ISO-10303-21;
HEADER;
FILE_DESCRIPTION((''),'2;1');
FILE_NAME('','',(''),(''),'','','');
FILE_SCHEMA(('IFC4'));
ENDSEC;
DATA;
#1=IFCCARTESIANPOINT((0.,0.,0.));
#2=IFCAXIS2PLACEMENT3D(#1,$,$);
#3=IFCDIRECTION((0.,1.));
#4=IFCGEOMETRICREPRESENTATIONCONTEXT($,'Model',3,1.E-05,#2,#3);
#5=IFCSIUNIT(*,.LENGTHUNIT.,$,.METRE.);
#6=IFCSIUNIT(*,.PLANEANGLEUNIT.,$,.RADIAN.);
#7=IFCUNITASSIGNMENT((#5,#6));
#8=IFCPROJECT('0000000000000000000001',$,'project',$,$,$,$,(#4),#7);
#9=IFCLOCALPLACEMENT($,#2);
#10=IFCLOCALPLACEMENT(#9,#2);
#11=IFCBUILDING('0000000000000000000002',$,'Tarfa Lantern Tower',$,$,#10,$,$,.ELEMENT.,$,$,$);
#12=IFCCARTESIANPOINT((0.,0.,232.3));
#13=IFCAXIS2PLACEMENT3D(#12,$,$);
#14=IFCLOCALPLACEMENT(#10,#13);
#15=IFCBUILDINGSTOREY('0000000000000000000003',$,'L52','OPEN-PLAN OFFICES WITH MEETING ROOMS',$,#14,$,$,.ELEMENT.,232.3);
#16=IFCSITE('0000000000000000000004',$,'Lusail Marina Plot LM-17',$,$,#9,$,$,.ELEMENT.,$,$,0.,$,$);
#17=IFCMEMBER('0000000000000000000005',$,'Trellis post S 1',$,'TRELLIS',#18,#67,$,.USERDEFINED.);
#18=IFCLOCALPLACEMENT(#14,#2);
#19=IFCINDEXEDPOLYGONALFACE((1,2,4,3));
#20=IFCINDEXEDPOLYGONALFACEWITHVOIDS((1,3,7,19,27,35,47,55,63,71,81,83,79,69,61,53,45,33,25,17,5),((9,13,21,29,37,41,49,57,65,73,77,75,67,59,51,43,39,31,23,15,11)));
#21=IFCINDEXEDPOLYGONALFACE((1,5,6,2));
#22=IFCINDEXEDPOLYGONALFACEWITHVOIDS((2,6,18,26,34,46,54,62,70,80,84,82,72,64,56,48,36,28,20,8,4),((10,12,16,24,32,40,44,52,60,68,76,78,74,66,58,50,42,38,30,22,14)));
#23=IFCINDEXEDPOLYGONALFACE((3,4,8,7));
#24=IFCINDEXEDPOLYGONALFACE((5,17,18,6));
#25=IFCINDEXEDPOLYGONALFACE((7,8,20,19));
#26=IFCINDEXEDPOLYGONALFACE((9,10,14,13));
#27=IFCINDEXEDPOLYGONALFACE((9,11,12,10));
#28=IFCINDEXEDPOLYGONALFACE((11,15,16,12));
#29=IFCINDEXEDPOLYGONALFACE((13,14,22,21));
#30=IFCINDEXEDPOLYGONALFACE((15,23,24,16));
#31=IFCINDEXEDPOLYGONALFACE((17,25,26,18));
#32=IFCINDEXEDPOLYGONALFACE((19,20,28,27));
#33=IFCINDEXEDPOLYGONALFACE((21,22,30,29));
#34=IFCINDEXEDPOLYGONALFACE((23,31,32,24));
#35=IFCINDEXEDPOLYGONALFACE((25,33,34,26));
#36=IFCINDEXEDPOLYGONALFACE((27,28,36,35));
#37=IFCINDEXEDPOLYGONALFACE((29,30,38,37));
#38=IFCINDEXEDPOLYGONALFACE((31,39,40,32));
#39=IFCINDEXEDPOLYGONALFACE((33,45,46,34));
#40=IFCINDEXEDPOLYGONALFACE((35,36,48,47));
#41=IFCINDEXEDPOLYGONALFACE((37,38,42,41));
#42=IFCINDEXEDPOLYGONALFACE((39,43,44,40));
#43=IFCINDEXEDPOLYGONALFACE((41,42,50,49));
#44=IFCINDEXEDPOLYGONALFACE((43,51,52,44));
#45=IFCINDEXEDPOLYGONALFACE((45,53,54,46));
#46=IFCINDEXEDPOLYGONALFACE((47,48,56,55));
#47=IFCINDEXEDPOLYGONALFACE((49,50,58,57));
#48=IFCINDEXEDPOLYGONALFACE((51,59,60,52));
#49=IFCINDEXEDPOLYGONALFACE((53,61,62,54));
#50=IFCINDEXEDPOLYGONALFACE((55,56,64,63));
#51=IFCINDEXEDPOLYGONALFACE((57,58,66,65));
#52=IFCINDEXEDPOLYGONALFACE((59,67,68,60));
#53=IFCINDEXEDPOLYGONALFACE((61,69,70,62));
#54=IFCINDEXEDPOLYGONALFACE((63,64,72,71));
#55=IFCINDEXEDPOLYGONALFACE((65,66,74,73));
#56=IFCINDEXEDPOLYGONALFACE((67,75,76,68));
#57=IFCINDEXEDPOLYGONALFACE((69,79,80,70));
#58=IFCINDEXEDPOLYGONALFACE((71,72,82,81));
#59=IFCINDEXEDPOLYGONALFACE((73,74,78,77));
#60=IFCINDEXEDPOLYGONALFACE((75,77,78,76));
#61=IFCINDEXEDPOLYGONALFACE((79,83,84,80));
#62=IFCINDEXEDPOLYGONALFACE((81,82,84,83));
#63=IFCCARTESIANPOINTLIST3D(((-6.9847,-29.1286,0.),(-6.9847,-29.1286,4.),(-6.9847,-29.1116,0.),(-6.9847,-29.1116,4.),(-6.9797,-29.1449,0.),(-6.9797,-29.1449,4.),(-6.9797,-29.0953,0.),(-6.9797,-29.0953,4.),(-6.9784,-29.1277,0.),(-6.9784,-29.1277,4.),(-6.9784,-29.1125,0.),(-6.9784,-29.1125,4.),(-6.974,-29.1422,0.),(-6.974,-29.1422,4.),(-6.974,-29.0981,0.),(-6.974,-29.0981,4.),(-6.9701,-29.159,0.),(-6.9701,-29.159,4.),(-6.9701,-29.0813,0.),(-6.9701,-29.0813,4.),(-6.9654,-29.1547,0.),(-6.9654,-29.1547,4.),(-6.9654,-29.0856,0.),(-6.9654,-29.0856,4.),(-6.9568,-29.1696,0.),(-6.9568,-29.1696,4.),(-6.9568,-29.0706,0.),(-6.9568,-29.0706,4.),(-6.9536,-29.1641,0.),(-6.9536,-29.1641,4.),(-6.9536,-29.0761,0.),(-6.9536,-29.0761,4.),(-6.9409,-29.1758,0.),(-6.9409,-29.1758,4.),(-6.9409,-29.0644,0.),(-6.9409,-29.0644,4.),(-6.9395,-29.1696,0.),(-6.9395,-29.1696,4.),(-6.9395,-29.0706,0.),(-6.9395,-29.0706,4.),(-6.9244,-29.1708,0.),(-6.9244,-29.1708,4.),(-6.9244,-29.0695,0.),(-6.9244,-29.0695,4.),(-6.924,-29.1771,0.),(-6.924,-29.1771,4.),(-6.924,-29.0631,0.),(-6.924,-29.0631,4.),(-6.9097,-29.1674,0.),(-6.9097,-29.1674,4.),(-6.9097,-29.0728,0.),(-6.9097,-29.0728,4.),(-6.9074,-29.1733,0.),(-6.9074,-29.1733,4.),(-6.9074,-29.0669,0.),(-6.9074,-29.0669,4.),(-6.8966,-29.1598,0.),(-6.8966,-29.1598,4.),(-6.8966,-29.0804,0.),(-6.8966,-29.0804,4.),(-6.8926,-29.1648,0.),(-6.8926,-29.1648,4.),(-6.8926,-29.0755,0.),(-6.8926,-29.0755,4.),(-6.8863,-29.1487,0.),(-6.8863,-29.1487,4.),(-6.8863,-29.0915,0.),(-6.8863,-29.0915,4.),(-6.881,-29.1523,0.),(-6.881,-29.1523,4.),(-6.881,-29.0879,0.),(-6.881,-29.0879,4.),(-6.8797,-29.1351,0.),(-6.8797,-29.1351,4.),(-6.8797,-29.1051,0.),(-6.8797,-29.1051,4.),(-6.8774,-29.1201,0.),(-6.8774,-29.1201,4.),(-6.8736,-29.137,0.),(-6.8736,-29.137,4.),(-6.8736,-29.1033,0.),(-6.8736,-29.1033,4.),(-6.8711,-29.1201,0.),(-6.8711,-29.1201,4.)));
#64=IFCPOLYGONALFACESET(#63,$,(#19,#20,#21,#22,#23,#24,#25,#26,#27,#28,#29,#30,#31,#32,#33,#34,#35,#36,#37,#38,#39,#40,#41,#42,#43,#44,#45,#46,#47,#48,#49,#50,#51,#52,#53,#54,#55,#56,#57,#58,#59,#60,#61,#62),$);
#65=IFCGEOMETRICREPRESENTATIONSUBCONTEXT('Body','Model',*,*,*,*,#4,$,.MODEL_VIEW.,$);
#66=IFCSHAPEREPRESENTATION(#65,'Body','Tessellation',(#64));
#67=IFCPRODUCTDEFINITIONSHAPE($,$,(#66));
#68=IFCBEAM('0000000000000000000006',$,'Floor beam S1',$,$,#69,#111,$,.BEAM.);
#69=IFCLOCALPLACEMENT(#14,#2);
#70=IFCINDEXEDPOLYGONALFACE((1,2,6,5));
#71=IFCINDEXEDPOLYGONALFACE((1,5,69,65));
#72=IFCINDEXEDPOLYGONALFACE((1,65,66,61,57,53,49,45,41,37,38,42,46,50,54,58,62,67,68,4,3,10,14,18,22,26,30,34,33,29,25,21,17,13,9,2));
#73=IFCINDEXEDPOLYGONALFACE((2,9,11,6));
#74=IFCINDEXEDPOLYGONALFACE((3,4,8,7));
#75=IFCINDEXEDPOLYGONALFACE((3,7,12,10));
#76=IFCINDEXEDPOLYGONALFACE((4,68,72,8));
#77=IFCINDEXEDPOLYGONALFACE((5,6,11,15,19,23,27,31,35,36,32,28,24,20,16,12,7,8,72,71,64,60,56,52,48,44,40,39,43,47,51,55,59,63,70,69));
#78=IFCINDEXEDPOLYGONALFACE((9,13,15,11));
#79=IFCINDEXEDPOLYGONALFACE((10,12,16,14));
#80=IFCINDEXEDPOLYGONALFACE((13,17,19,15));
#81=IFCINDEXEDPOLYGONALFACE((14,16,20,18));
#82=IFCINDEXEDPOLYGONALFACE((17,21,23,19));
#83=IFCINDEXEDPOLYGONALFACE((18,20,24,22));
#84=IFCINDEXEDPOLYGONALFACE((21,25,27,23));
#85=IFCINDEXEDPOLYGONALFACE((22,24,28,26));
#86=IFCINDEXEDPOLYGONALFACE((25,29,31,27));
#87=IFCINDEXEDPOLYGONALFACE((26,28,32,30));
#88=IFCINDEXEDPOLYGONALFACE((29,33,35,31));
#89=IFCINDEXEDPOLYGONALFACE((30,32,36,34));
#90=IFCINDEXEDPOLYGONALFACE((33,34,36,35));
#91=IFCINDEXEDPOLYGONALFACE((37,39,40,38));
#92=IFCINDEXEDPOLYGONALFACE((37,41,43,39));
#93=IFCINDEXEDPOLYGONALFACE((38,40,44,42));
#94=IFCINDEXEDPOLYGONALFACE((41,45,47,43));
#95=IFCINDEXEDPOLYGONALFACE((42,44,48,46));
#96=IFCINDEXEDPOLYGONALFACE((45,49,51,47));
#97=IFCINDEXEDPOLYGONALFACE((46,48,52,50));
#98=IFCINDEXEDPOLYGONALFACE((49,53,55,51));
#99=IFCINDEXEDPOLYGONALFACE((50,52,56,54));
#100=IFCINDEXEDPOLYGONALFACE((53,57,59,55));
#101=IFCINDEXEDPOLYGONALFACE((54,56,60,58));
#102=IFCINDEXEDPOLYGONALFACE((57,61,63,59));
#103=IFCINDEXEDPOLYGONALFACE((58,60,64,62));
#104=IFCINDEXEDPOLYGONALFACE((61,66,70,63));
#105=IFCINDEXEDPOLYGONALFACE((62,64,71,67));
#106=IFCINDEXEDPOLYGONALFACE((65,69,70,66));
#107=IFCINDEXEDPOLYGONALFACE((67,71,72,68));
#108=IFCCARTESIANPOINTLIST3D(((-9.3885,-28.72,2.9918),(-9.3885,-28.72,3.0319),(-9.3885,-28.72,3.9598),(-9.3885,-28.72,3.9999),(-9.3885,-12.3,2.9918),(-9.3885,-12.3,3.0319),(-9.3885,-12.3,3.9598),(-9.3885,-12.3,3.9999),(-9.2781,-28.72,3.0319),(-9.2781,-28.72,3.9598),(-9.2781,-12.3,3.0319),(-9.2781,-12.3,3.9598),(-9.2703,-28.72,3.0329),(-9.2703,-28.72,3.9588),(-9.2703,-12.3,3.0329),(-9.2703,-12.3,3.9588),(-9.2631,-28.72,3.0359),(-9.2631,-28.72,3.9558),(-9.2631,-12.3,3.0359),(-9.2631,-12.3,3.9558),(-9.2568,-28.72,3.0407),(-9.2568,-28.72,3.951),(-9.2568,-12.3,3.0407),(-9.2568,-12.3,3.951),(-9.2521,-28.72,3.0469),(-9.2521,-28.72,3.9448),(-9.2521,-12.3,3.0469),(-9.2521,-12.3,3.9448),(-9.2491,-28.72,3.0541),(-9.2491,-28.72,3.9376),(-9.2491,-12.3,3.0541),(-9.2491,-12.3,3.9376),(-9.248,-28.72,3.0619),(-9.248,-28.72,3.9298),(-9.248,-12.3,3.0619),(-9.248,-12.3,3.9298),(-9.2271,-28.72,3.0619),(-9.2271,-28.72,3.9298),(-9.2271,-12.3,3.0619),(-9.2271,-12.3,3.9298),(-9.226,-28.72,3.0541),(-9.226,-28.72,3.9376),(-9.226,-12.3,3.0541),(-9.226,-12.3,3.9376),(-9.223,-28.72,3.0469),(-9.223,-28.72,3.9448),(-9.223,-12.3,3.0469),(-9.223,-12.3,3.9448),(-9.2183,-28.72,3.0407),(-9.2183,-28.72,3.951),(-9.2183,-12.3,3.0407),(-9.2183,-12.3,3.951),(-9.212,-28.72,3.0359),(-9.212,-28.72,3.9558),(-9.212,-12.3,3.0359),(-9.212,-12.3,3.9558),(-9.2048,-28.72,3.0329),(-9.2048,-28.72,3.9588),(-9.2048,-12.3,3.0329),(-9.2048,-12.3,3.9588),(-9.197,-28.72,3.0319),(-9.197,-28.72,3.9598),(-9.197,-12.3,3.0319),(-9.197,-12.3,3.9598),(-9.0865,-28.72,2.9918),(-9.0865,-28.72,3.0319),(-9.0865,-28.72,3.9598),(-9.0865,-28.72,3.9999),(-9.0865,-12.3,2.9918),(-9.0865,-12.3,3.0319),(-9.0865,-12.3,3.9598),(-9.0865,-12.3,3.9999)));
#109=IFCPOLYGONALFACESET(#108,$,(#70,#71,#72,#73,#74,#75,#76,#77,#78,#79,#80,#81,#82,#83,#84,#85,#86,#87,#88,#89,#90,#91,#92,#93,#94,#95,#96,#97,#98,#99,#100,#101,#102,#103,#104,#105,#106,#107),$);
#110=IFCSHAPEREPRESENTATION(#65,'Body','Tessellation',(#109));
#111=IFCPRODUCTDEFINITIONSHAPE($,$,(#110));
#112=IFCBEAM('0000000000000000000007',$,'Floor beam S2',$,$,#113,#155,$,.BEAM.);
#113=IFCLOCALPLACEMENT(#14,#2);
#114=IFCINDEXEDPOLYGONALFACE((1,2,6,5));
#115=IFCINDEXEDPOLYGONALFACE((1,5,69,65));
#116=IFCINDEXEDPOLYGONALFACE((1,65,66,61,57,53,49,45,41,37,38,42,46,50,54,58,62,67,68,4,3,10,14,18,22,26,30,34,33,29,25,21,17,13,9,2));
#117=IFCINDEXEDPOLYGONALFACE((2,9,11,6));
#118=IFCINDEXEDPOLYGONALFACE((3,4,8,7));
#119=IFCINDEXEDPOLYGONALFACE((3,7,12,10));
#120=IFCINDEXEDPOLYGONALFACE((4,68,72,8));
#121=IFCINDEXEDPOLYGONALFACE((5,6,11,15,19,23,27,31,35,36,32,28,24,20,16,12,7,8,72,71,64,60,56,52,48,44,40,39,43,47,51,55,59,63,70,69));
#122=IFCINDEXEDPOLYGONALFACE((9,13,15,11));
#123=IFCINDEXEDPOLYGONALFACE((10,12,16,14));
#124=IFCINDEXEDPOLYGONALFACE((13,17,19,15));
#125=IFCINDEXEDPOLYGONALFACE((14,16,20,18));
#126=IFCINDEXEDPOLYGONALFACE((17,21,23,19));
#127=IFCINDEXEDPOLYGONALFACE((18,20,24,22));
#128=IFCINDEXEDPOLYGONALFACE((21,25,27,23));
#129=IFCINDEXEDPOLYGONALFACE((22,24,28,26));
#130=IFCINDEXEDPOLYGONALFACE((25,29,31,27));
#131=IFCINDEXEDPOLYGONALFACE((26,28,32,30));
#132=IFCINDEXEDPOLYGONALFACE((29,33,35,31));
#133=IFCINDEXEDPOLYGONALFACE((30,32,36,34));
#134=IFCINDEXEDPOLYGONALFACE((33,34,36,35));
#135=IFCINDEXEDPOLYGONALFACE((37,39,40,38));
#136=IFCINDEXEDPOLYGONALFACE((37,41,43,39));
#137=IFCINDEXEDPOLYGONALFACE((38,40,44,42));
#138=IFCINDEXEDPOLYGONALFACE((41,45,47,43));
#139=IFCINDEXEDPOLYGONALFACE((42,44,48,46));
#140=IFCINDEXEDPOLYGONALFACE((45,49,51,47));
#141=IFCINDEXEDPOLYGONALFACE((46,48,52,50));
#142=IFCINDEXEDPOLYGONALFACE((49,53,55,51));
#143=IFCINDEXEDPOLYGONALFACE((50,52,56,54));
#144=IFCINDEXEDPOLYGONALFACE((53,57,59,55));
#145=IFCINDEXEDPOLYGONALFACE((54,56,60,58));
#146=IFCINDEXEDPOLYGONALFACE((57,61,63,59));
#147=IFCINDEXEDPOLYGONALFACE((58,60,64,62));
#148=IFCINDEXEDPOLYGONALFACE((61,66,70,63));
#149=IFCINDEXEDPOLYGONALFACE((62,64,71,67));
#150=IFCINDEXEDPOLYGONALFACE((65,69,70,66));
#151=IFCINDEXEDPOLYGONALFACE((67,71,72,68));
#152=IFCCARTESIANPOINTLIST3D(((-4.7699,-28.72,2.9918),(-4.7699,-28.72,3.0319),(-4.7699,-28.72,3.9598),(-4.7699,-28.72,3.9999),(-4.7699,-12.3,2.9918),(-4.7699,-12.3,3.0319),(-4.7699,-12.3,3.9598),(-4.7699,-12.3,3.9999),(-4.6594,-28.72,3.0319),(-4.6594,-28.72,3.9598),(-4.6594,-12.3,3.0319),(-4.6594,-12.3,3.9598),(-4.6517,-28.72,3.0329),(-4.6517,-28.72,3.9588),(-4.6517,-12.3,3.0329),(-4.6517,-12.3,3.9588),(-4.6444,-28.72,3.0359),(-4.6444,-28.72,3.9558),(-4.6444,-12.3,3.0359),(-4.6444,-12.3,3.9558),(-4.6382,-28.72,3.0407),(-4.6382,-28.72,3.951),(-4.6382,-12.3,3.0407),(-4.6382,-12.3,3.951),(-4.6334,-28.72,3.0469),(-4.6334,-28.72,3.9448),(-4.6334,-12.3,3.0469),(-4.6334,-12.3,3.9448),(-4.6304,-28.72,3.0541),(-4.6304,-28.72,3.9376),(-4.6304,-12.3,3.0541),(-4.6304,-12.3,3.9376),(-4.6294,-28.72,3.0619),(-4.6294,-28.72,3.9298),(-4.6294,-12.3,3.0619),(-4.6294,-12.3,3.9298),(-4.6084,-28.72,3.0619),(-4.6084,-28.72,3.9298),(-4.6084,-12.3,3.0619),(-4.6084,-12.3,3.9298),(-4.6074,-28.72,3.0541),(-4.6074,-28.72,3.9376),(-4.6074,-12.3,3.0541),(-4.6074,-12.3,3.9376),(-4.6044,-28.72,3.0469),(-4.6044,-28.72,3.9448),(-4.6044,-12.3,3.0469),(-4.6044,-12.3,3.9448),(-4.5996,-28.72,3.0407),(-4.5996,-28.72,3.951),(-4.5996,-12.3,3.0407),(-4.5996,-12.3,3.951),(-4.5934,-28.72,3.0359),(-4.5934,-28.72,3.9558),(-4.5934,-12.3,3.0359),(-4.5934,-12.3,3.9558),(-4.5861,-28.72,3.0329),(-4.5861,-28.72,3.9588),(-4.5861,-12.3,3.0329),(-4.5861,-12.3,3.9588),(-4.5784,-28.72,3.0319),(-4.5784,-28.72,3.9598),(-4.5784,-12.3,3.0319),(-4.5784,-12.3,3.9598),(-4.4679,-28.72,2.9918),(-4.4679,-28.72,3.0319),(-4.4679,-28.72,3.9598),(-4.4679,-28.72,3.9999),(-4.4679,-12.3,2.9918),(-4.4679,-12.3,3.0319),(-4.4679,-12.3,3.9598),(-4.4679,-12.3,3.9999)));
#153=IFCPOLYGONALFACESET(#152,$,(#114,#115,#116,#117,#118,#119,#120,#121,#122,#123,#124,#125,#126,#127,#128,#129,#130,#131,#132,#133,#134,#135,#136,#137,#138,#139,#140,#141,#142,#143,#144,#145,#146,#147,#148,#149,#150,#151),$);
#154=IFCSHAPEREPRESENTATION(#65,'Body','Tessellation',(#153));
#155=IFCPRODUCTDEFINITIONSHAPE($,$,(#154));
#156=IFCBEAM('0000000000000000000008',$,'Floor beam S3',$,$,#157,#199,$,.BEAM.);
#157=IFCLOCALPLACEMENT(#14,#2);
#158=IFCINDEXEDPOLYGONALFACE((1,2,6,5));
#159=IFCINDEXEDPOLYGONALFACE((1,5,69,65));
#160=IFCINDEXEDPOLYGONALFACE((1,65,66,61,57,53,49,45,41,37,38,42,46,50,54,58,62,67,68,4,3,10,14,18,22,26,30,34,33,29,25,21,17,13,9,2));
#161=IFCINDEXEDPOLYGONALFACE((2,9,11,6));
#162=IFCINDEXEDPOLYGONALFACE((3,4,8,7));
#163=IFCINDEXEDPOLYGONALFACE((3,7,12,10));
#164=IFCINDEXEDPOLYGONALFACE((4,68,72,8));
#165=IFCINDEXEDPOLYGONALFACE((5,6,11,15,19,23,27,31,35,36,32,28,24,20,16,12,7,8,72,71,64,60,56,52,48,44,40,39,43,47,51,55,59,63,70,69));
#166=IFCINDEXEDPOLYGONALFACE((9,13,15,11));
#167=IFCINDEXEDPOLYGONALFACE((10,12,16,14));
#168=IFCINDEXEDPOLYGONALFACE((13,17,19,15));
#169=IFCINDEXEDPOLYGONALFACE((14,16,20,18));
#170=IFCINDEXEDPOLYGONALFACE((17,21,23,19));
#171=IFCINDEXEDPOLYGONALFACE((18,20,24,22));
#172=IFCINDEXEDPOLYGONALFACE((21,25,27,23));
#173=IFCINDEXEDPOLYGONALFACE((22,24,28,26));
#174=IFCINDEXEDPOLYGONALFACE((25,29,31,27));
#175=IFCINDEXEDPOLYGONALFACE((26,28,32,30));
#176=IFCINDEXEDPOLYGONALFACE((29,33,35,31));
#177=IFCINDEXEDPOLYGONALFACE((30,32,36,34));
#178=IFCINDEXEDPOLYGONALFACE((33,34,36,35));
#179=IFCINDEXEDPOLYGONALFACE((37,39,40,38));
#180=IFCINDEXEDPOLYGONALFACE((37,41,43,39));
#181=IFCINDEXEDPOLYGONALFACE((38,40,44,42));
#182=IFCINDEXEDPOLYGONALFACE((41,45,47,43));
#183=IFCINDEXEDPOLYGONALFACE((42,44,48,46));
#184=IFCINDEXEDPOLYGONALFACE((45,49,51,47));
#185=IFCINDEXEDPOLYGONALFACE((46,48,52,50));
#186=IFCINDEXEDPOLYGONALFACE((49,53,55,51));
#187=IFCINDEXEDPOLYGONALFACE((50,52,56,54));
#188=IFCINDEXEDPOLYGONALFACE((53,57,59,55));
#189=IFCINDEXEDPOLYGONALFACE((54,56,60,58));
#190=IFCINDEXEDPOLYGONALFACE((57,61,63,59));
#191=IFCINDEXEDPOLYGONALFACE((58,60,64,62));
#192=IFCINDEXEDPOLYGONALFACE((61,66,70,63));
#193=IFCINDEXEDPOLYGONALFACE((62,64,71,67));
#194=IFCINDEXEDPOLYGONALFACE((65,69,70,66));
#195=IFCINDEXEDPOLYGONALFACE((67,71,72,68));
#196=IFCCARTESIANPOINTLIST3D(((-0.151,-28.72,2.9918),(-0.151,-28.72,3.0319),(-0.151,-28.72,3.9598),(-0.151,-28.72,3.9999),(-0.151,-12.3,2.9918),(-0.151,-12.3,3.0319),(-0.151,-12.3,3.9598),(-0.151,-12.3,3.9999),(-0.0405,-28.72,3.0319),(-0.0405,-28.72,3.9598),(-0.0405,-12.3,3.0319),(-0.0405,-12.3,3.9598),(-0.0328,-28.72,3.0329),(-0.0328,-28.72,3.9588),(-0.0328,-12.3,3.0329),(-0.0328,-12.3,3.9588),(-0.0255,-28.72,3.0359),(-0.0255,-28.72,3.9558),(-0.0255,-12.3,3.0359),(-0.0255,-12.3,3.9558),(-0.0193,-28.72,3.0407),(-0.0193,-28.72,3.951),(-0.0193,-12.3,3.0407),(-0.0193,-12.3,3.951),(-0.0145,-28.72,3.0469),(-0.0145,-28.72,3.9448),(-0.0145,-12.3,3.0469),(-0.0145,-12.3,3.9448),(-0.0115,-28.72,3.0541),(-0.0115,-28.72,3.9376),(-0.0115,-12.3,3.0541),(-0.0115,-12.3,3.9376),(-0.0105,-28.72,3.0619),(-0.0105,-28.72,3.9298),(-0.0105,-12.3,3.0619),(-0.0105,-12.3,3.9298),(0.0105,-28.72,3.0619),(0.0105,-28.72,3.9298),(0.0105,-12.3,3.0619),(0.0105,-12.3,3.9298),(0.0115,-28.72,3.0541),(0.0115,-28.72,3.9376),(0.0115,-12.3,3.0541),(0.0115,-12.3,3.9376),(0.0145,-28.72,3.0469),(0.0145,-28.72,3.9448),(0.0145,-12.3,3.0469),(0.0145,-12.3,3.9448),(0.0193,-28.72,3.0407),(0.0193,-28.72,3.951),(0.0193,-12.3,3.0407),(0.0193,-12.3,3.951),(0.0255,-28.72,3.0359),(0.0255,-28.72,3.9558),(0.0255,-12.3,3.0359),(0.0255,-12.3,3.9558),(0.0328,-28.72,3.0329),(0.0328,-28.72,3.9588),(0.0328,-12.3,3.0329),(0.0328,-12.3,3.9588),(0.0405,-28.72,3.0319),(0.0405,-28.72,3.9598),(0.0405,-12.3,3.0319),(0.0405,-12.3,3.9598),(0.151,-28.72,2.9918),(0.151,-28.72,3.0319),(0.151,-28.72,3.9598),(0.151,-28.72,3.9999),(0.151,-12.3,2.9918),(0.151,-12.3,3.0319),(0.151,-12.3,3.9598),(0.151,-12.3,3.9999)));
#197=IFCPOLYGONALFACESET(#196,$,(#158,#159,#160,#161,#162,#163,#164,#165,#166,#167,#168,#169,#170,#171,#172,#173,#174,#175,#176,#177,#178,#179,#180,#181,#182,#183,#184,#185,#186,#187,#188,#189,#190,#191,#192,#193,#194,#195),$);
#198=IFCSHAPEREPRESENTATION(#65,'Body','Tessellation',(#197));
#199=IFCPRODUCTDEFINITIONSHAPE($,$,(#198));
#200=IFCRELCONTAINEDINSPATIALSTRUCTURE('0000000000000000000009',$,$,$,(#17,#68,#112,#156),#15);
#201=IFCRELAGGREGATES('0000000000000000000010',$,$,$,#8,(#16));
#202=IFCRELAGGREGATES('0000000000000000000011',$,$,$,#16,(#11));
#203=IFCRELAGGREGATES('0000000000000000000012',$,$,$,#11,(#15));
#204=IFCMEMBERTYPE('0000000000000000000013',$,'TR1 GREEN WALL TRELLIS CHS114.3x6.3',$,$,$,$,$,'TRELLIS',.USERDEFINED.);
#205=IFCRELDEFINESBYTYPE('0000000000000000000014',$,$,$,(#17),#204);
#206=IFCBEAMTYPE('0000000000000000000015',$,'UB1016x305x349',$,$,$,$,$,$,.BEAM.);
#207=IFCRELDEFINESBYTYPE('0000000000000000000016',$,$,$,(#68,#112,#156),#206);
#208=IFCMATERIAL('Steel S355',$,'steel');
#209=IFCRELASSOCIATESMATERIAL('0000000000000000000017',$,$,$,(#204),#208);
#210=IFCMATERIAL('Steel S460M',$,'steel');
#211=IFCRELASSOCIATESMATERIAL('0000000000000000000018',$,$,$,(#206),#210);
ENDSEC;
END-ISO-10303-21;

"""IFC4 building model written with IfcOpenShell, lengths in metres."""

from ifc_helpers import new_model, si_unit, direction, frame, origin, origin_2d, place, context, subcontext, project, spatial, hollow_circle, i_section, extrude, material, material_profile, profile_set, type_object, element, save


model = new_model("IFC4")

# Units and contexts
model_context = context("Model", 3, precision=1e-05, world=origin(), true_north=direction((0.0, 1.0)))
body_context = subcontext(model_context, "Body", "Model", "MODEL_VIEW")
ifc_project = project(units=[si_unit("LENGTHUNIT", "METRE"), si_unit("PLANEANGLEUNIT", "RADIAN")], contexts=[model_context])

# Site, building, storey
site_placement = place(None, origin())
site = spatial("IfcSite", under=ifc_project, at=site_placement, Name="Lusail Marina Plot LM-17", CompositionType="ELEMENT", RefElevation=0.0)
building_placement = place(site_placement, origin())
building = spatial("IfcBuilding", under=site, at=building_placement, Name="Tarfa Lantern Tower", CompositionType="ELEMENT")
storey_placement = place(building_placement, frame((0.0, 0.0, 232.3)))
storey = spatial("IfcBuildingStorey", under=building, at=storey_placement, Name="L52", Description="OPEN-PLAN OFFICES WITH MEETING ROOMS", CompositionType="ELEMENT", Elevation=232.3)

# Member
ifc_material_1 = material(Name="Steel S355", Category="steel")
ifc_material_profile_1 = material_profile(ifc_material_1, hollow_circle(Radius=0.0571, WallThickness=0.0063, at=origin_2d()), Name="CHS114.3x6.3")
ifc_profile_set_1 = profile_set([ifc_material_profile_1], Name="Steel S355")
member_type_1 = type_object("IfcMemberType", Name="TR1 GREEN WALL TRELLIS CHS114.3x6.3", ElementType="TRELLIS", PredefinedType="USERDEFINED", material=ifc_profile_set_1)
member_1_placement = place(storey_placement, frame((-6.9282, -29.1201, 0.0), z_axis=(0.0, 0.0, 1.0), x_axis=(1.0, 0.0, 0.0)))
element("IfcMember", 1, at=member_1_placement, inside=storey, type_object=member_type_1, Name="Trellis post S 1", ObjectType="TRELLIS", PredefinedType="USERDEFINED", context=body_context, shape_type="SweptSolid", body=[
    extrude(hollow_circle(Radius=0.0571, WallThickness=0.0063, at=origin_2d()), origin(), (0.0, 0.0, 1.0), 4.0),
])

# Beams
ifc_material_2 = material(Name="Steel S460M", Category="steel")
ifc_material_profile_2 = material_profile(ifc_material_2, i_section(OverallWidth=0.302, OverallDepth=1.0081, WebThickness=0.021, FlangeThickness=0.04, FilletRadius=0.03, at=origin_2d()), Name="UB1016x305x349")
ifc_profile_set_2 = profile_set([ifc_material_profile_2], Name="Steel S460M")
beam_type_1 = type_object("IfcBeamType", Name="UB1016x305x349", PredefinedType="BEAM", material=ifc_profile_set_2)
for number, where, z_axis, x_axis, name in (
    (2, (-9.2375, -28.72, 3.4958), (0.0, 1.0, 0.0), (-1.0, 0.0, 0.0), "Floor beam S1"),
    (3, (-4.6189, -28.72, 3.4958), (0.0, 1.0, 0.0), (-1.0, 0.0, 0.0), "Floor beam S2"),
    (4, (0.0, -28.72, 3.4958), (0.0, 1.0, 0.0), (-1.0, 0.0, 0.0), "Floor beam S3"),
):
    element("IfcBeam", number, at=place(storey_placement, frame(where, z_axis=z_axis, x_axis=x_axis)), inside=storey, type_object=beam_type_1, Name=name, PredefinedType="BEAM", context=body_context, shape_type="SweptSolid", body=[
        extrude(i_section(OverallWidth=0.302, OverallDepth=1.0081, WebThickness=0.021, FlangeThickness=0.04, FilletRadius=0.03, at=origin_2d()), origin(), (0.0, 0.0, 1.0), 16.4199),
    ])

save(model, "model.ifc")
